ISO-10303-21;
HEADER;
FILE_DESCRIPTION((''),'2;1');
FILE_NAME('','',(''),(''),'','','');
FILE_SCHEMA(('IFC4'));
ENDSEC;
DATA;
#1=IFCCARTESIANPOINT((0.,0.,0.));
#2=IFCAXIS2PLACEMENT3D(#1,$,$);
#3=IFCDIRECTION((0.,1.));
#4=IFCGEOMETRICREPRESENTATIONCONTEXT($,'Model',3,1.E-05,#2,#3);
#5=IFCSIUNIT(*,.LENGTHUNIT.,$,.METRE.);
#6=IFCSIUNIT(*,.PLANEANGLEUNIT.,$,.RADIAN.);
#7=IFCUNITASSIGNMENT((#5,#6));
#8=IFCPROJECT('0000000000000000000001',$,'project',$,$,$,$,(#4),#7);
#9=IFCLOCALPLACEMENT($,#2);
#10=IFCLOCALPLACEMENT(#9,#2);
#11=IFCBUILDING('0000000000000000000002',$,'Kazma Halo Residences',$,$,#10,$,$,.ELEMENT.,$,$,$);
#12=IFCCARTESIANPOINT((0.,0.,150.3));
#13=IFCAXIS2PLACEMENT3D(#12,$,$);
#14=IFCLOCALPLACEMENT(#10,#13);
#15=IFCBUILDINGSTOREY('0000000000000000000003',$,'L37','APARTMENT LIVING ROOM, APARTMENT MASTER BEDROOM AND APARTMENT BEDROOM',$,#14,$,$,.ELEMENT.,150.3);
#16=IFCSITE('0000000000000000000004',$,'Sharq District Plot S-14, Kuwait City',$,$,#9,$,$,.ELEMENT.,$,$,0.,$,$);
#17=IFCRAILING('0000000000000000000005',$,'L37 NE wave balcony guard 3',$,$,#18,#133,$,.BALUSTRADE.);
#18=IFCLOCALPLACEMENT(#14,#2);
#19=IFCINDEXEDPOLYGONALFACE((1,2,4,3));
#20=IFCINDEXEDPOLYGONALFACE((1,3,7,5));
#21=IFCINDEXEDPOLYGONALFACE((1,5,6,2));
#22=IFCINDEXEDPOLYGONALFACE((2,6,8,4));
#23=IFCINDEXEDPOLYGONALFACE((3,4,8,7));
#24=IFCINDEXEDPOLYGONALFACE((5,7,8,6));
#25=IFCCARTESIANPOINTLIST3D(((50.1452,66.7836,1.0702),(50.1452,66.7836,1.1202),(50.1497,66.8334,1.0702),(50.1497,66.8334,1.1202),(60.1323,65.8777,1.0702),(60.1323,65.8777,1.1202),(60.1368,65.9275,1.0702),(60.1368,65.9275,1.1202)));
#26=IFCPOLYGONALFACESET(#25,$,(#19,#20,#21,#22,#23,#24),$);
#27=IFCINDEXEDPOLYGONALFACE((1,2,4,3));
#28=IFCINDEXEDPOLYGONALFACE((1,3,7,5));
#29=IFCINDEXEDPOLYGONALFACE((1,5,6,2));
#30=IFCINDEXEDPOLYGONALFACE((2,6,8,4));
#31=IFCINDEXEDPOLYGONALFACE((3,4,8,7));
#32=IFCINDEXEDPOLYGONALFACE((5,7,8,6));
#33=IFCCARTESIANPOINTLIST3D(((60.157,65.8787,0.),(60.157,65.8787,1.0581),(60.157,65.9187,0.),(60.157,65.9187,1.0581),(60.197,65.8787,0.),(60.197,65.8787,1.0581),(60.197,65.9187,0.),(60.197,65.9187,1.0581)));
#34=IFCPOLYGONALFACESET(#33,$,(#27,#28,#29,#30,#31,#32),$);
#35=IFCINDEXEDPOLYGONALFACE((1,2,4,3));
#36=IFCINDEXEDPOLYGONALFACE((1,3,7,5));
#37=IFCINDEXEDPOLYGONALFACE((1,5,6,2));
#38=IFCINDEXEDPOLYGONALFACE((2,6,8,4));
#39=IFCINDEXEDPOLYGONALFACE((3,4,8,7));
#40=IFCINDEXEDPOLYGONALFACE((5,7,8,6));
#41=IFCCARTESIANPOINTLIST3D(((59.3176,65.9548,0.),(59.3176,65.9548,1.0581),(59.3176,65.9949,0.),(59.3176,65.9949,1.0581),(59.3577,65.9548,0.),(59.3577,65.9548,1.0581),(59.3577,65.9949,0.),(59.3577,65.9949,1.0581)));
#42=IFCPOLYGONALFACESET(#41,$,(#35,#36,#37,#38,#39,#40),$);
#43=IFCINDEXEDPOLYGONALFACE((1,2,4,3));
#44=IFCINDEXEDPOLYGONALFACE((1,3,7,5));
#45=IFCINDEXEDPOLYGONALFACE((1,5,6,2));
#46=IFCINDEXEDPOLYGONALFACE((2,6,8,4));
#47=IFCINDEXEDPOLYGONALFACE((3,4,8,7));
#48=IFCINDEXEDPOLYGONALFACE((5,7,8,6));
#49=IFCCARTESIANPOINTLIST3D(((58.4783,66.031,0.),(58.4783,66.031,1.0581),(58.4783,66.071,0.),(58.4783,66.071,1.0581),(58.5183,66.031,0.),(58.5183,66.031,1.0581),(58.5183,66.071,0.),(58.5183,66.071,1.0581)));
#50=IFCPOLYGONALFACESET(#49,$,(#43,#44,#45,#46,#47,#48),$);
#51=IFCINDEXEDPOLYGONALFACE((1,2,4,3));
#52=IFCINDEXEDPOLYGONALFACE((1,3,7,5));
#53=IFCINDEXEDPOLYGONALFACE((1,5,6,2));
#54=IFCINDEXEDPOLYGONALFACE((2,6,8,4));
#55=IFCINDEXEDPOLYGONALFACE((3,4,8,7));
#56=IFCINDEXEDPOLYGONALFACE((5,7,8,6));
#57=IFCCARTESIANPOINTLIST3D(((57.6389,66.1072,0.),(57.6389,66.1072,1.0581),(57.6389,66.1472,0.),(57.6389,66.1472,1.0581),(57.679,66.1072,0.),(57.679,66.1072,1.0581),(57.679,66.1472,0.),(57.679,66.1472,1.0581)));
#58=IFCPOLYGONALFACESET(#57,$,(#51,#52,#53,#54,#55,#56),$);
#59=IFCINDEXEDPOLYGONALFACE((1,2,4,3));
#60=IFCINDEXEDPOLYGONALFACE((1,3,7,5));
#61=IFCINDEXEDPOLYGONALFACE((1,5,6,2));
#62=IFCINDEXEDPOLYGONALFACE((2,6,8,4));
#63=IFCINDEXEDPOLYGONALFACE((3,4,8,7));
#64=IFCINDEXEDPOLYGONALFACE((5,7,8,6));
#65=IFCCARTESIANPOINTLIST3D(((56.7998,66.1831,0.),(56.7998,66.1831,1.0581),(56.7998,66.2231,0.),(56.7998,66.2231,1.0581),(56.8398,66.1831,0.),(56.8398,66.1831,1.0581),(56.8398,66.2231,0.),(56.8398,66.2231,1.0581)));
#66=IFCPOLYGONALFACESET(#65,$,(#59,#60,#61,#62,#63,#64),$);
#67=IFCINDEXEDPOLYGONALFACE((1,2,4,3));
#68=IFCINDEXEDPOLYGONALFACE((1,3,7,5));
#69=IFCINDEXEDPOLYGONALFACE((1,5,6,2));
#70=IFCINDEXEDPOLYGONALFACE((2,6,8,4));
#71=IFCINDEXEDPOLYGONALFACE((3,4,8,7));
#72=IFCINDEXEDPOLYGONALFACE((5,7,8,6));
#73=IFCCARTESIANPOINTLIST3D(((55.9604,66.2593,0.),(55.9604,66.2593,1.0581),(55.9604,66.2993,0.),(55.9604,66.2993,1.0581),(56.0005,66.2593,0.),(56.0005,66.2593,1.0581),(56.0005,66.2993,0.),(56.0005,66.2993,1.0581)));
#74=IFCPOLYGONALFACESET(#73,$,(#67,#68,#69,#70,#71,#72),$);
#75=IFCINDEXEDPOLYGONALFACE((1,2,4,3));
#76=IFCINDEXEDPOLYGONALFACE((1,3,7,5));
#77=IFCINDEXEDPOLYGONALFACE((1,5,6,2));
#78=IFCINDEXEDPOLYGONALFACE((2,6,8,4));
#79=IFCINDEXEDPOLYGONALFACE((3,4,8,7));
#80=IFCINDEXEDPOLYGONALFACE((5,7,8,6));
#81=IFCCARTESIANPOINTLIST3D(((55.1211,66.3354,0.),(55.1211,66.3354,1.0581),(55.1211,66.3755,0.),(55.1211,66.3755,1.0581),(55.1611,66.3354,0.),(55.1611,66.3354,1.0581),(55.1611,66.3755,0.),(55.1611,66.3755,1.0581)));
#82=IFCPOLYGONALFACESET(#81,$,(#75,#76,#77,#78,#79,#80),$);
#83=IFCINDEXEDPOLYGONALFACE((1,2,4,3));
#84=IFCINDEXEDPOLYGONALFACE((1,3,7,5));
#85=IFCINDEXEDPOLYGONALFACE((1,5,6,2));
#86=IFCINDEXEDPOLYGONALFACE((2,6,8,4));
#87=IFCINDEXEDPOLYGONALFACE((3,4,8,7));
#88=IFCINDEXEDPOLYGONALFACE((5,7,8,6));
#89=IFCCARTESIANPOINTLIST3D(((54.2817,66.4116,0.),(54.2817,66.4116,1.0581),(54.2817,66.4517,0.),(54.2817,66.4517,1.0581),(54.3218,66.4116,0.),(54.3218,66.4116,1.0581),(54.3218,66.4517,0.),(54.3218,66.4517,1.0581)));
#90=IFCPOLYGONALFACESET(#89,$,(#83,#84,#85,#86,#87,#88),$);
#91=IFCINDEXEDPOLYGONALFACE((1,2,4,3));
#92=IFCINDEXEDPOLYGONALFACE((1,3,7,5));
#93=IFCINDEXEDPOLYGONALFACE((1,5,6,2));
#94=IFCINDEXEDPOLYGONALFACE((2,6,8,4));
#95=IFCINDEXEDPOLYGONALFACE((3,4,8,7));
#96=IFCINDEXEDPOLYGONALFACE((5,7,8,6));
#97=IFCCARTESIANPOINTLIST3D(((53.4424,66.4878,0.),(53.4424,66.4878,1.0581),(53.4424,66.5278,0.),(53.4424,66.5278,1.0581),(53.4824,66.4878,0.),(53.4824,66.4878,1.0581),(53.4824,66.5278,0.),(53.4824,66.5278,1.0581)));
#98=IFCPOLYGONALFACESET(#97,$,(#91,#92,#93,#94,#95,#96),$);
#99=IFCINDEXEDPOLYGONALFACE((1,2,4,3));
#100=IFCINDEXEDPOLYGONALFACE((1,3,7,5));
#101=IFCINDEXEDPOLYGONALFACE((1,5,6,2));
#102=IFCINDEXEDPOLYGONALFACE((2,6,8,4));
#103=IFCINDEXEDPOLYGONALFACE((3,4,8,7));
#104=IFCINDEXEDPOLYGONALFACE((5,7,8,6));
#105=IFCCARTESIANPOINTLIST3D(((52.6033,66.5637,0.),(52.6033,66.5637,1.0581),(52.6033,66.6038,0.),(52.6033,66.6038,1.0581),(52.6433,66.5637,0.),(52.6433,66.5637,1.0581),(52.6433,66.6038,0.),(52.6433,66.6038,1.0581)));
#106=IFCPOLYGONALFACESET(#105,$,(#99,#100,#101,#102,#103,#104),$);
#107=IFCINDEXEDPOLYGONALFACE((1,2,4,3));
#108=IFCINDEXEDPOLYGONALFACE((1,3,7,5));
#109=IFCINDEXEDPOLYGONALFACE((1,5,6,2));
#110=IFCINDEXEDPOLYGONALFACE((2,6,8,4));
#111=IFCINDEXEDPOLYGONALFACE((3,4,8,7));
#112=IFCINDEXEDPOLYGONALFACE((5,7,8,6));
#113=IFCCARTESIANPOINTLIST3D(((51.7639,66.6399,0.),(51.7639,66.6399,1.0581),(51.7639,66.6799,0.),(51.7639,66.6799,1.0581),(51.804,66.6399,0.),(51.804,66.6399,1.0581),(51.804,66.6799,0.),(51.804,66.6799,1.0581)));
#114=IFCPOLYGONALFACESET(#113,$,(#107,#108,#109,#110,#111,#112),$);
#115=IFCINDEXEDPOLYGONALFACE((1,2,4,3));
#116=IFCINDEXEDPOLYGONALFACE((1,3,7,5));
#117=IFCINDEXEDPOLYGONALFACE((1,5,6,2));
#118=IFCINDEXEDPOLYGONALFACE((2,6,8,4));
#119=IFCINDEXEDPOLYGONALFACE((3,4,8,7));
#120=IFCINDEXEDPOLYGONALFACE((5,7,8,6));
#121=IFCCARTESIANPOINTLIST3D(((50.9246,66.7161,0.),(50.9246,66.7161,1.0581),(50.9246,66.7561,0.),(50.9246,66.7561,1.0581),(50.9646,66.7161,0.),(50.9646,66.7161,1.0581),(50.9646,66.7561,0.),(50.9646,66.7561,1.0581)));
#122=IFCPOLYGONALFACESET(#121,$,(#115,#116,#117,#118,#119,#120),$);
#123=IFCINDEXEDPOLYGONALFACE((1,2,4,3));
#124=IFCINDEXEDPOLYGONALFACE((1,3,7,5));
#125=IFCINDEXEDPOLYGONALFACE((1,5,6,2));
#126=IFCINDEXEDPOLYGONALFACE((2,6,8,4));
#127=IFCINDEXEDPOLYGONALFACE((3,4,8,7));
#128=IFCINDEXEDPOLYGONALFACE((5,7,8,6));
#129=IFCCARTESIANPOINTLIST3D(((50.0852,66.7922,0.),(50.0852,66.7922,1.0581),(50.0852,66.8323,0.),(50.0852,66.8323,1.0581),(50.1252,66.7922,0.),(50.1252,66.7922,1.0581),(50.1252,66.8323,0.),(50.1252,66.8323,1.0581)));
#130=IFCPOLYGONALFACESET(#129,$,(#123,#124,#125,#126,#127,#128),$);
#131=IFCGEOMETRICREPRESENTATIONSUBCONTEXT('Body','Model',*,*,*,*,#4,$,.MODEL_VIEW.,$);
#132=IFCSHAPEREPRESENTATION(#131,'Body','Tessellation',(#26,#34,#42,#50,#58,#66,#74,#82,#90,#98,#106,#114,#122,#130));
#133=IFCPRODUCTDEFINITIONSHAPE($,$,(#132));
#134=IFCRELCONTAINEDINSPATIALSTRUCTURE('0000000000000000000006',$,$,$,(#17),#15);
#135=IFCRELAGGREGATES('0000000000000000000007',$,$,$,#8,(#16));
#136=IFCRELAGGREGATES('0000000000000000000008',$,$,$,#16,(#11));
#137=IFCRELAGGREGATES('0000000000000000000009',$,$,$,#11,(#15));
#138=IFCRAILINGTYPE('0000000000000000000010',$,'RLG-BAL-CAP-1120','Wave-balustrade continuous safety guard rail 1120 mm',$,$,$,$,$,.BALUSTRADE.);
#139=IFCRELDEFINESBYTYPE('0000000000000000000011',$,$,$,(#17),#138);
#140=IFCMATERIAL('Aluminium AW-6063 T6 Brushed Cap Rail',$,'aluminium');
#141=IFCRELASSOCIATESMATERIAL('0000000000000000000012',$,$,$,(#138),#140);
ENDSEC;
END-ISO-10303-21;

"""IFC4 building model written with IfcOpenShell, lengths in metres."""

from ifc_helpers import new_model, si_unit, direction, frame, origin, origin_2d, place, context, subcontext, project, spatial, rectangle, extrude, material, type_object, element, save


model = new_model("IFC4")

# Units and contexts
model_context = context("Model", 3, precision=1e-05, world=origin(), true_north=direction((0.0, 1.0)))
body_context = subcontext(model_context, "Body", "Model", "MODEL_VIEW")
ifc_project = project(units=[si_unit("LENGTHUNIT", "METRE"), si_unit("PLANEANGLEUNIT", "RADIAN")], contexts=[model_context])

# Site, building, storey
site_placement = place(None, origin())
site = spatial("IfcSite", under=ifc_project, at=site_placement, Name="Sharq District Plot S-14, Kuwait City", CompositionType="ELEMENT", RefElevation=0.0)
building_placement = place(site_placement, origin())
building = spatial("IfcBuilding", under=site, at=building_placement, Name="Kazma Halo Residences", CompositionType="ELEMENT")
storey_placement = place(building_placement, frame((0.0, 0.0, 150.3)))
storey = spatial("IfcBuildingStorey", under=building, at=storey_placement, Name="L37", Description="APARTMENT LIVING ROOM, APARTMENT MASTER BEDROOM AND APARTMENT BEDROOM", CompositionType="ELEMENT", Elevation=150.3)

# Railing
ifc_material_1 = material(Name="Aluminium AW-6063 T6 Brushed Cap Rail", Category="aluminium")
railing_type = type_object("IfcRailingType", Name="RLG-BAL-CAP-1120", Description="Wave-balustrade continuous safety guard rail 1120 mm", PredefinedType="BALUSTRADE", material=ifc_material_1)
railing_1_placement = place(storey_placement, frame((60.177, 65.8987, 0.0)))
element("IfcRailing", 1, at=railing_1_placement, inside=storey, type_object=railing_type, Name="L37 NE wave balcony guard 3", PredefinedType="BALUSTRADE", context=body_context, shape_type="SweptSolid", body=[
    extrude(rectangle(XDim=0.05, YDim=0.05, at=origin_2d()), frame((-0.0425, 0.0039, 1.0952), z_axis=(-0.995911, 0.090335, 0.0), x_axis=(-0.090335, -0.995911, 0.0)), (0.0, 0.0, 1.0), 10.0281),
    extrude(rectangle(XDim=0.04, YDim=0.04, at=origin_2d()), origin(), (0.0, 0.0, 1.0), 1.0581),
    extrude(rectangle(XDim=0.04, YDim=0.04, at=origin_2d()), frame((-0.8394, 0.0762, 0.0)), (0.0, 0.0, 1.0), 1.0581),
    extrude(rectangle(XDim=0.04, YDim=0.04, at=origin_2d()), frame((-1.6787, 0.1523, 0.0)), (0.0, 0.0, 1.0), 1.0581),
    extrude(rectangle(XDim=0.04, YDim=0.04, at=origin_2d()), frame((-2.5181, 0.2285, 0.0)), (0.0, 0.0, 1.0), 1.0581),
    extrude(rectangle(XDim=0.04, YDim=0.04, at=origin_2d()), frame((-3.3572, 0.3044, 0.0)), (0.0, 0.0, 1.0), 1.0581),
    extrude(rectangle(XDim=0.04, YDim=0.04, at=origin_2d()), frame((-4.1965, 0.3806, 0.0)), (0.0, 0.0, 1.0), 1.0581),
    extrude(rectangle(XDim=0.04, YDim=0.04, at=origin_2d()), frame((-5.0359, 0.4568, 0.0)), (0.0, 0.0, 1.0), 1.0581),
    extrude(rectangle(XDim=0.04, YDim=0.04, at=origin_2d()), frame((-5.8752, 0.533, 0.0)), (0.0, 0.0, 1.0), 1.0581),
    extrude(rectangle(XDim=0.04, YDim=0.04, at=origin_2d()), frame((-6.7146, 0.6091, 0.0)), (0.0, 0.0, 1.0), 1.0581),
    extrude(rectangle(XDim=0.04, YDim=0.04, at=origin_2d()), frame((-7.5537, 0.6851, 0.0)), (0.0, 0.0, 1.0), 1.0581),
    extrude(rectangle(XDim=0.04, YDim=0.04, at=origin_2d()), frame((-8.3931, 0.7612, 0.0)), (0.0, 0.0, 1.0), 1.0581),
    extrude(rectangle(XDim=0.04, YDim=0.04, at=origin_2d()), frame((-9.2324, 0.8374, 0.0)), (0.0, 0.0, 1.0), 1.0581),
    extrude(rectangle(XDim=0.04, YDim=0.04, at=origin_2d()), frame((-10.0718, 0.9136, 0.0)), (0.0, 0.0, 1.0), 1.0581),
])

save(model, "model.ifc")
